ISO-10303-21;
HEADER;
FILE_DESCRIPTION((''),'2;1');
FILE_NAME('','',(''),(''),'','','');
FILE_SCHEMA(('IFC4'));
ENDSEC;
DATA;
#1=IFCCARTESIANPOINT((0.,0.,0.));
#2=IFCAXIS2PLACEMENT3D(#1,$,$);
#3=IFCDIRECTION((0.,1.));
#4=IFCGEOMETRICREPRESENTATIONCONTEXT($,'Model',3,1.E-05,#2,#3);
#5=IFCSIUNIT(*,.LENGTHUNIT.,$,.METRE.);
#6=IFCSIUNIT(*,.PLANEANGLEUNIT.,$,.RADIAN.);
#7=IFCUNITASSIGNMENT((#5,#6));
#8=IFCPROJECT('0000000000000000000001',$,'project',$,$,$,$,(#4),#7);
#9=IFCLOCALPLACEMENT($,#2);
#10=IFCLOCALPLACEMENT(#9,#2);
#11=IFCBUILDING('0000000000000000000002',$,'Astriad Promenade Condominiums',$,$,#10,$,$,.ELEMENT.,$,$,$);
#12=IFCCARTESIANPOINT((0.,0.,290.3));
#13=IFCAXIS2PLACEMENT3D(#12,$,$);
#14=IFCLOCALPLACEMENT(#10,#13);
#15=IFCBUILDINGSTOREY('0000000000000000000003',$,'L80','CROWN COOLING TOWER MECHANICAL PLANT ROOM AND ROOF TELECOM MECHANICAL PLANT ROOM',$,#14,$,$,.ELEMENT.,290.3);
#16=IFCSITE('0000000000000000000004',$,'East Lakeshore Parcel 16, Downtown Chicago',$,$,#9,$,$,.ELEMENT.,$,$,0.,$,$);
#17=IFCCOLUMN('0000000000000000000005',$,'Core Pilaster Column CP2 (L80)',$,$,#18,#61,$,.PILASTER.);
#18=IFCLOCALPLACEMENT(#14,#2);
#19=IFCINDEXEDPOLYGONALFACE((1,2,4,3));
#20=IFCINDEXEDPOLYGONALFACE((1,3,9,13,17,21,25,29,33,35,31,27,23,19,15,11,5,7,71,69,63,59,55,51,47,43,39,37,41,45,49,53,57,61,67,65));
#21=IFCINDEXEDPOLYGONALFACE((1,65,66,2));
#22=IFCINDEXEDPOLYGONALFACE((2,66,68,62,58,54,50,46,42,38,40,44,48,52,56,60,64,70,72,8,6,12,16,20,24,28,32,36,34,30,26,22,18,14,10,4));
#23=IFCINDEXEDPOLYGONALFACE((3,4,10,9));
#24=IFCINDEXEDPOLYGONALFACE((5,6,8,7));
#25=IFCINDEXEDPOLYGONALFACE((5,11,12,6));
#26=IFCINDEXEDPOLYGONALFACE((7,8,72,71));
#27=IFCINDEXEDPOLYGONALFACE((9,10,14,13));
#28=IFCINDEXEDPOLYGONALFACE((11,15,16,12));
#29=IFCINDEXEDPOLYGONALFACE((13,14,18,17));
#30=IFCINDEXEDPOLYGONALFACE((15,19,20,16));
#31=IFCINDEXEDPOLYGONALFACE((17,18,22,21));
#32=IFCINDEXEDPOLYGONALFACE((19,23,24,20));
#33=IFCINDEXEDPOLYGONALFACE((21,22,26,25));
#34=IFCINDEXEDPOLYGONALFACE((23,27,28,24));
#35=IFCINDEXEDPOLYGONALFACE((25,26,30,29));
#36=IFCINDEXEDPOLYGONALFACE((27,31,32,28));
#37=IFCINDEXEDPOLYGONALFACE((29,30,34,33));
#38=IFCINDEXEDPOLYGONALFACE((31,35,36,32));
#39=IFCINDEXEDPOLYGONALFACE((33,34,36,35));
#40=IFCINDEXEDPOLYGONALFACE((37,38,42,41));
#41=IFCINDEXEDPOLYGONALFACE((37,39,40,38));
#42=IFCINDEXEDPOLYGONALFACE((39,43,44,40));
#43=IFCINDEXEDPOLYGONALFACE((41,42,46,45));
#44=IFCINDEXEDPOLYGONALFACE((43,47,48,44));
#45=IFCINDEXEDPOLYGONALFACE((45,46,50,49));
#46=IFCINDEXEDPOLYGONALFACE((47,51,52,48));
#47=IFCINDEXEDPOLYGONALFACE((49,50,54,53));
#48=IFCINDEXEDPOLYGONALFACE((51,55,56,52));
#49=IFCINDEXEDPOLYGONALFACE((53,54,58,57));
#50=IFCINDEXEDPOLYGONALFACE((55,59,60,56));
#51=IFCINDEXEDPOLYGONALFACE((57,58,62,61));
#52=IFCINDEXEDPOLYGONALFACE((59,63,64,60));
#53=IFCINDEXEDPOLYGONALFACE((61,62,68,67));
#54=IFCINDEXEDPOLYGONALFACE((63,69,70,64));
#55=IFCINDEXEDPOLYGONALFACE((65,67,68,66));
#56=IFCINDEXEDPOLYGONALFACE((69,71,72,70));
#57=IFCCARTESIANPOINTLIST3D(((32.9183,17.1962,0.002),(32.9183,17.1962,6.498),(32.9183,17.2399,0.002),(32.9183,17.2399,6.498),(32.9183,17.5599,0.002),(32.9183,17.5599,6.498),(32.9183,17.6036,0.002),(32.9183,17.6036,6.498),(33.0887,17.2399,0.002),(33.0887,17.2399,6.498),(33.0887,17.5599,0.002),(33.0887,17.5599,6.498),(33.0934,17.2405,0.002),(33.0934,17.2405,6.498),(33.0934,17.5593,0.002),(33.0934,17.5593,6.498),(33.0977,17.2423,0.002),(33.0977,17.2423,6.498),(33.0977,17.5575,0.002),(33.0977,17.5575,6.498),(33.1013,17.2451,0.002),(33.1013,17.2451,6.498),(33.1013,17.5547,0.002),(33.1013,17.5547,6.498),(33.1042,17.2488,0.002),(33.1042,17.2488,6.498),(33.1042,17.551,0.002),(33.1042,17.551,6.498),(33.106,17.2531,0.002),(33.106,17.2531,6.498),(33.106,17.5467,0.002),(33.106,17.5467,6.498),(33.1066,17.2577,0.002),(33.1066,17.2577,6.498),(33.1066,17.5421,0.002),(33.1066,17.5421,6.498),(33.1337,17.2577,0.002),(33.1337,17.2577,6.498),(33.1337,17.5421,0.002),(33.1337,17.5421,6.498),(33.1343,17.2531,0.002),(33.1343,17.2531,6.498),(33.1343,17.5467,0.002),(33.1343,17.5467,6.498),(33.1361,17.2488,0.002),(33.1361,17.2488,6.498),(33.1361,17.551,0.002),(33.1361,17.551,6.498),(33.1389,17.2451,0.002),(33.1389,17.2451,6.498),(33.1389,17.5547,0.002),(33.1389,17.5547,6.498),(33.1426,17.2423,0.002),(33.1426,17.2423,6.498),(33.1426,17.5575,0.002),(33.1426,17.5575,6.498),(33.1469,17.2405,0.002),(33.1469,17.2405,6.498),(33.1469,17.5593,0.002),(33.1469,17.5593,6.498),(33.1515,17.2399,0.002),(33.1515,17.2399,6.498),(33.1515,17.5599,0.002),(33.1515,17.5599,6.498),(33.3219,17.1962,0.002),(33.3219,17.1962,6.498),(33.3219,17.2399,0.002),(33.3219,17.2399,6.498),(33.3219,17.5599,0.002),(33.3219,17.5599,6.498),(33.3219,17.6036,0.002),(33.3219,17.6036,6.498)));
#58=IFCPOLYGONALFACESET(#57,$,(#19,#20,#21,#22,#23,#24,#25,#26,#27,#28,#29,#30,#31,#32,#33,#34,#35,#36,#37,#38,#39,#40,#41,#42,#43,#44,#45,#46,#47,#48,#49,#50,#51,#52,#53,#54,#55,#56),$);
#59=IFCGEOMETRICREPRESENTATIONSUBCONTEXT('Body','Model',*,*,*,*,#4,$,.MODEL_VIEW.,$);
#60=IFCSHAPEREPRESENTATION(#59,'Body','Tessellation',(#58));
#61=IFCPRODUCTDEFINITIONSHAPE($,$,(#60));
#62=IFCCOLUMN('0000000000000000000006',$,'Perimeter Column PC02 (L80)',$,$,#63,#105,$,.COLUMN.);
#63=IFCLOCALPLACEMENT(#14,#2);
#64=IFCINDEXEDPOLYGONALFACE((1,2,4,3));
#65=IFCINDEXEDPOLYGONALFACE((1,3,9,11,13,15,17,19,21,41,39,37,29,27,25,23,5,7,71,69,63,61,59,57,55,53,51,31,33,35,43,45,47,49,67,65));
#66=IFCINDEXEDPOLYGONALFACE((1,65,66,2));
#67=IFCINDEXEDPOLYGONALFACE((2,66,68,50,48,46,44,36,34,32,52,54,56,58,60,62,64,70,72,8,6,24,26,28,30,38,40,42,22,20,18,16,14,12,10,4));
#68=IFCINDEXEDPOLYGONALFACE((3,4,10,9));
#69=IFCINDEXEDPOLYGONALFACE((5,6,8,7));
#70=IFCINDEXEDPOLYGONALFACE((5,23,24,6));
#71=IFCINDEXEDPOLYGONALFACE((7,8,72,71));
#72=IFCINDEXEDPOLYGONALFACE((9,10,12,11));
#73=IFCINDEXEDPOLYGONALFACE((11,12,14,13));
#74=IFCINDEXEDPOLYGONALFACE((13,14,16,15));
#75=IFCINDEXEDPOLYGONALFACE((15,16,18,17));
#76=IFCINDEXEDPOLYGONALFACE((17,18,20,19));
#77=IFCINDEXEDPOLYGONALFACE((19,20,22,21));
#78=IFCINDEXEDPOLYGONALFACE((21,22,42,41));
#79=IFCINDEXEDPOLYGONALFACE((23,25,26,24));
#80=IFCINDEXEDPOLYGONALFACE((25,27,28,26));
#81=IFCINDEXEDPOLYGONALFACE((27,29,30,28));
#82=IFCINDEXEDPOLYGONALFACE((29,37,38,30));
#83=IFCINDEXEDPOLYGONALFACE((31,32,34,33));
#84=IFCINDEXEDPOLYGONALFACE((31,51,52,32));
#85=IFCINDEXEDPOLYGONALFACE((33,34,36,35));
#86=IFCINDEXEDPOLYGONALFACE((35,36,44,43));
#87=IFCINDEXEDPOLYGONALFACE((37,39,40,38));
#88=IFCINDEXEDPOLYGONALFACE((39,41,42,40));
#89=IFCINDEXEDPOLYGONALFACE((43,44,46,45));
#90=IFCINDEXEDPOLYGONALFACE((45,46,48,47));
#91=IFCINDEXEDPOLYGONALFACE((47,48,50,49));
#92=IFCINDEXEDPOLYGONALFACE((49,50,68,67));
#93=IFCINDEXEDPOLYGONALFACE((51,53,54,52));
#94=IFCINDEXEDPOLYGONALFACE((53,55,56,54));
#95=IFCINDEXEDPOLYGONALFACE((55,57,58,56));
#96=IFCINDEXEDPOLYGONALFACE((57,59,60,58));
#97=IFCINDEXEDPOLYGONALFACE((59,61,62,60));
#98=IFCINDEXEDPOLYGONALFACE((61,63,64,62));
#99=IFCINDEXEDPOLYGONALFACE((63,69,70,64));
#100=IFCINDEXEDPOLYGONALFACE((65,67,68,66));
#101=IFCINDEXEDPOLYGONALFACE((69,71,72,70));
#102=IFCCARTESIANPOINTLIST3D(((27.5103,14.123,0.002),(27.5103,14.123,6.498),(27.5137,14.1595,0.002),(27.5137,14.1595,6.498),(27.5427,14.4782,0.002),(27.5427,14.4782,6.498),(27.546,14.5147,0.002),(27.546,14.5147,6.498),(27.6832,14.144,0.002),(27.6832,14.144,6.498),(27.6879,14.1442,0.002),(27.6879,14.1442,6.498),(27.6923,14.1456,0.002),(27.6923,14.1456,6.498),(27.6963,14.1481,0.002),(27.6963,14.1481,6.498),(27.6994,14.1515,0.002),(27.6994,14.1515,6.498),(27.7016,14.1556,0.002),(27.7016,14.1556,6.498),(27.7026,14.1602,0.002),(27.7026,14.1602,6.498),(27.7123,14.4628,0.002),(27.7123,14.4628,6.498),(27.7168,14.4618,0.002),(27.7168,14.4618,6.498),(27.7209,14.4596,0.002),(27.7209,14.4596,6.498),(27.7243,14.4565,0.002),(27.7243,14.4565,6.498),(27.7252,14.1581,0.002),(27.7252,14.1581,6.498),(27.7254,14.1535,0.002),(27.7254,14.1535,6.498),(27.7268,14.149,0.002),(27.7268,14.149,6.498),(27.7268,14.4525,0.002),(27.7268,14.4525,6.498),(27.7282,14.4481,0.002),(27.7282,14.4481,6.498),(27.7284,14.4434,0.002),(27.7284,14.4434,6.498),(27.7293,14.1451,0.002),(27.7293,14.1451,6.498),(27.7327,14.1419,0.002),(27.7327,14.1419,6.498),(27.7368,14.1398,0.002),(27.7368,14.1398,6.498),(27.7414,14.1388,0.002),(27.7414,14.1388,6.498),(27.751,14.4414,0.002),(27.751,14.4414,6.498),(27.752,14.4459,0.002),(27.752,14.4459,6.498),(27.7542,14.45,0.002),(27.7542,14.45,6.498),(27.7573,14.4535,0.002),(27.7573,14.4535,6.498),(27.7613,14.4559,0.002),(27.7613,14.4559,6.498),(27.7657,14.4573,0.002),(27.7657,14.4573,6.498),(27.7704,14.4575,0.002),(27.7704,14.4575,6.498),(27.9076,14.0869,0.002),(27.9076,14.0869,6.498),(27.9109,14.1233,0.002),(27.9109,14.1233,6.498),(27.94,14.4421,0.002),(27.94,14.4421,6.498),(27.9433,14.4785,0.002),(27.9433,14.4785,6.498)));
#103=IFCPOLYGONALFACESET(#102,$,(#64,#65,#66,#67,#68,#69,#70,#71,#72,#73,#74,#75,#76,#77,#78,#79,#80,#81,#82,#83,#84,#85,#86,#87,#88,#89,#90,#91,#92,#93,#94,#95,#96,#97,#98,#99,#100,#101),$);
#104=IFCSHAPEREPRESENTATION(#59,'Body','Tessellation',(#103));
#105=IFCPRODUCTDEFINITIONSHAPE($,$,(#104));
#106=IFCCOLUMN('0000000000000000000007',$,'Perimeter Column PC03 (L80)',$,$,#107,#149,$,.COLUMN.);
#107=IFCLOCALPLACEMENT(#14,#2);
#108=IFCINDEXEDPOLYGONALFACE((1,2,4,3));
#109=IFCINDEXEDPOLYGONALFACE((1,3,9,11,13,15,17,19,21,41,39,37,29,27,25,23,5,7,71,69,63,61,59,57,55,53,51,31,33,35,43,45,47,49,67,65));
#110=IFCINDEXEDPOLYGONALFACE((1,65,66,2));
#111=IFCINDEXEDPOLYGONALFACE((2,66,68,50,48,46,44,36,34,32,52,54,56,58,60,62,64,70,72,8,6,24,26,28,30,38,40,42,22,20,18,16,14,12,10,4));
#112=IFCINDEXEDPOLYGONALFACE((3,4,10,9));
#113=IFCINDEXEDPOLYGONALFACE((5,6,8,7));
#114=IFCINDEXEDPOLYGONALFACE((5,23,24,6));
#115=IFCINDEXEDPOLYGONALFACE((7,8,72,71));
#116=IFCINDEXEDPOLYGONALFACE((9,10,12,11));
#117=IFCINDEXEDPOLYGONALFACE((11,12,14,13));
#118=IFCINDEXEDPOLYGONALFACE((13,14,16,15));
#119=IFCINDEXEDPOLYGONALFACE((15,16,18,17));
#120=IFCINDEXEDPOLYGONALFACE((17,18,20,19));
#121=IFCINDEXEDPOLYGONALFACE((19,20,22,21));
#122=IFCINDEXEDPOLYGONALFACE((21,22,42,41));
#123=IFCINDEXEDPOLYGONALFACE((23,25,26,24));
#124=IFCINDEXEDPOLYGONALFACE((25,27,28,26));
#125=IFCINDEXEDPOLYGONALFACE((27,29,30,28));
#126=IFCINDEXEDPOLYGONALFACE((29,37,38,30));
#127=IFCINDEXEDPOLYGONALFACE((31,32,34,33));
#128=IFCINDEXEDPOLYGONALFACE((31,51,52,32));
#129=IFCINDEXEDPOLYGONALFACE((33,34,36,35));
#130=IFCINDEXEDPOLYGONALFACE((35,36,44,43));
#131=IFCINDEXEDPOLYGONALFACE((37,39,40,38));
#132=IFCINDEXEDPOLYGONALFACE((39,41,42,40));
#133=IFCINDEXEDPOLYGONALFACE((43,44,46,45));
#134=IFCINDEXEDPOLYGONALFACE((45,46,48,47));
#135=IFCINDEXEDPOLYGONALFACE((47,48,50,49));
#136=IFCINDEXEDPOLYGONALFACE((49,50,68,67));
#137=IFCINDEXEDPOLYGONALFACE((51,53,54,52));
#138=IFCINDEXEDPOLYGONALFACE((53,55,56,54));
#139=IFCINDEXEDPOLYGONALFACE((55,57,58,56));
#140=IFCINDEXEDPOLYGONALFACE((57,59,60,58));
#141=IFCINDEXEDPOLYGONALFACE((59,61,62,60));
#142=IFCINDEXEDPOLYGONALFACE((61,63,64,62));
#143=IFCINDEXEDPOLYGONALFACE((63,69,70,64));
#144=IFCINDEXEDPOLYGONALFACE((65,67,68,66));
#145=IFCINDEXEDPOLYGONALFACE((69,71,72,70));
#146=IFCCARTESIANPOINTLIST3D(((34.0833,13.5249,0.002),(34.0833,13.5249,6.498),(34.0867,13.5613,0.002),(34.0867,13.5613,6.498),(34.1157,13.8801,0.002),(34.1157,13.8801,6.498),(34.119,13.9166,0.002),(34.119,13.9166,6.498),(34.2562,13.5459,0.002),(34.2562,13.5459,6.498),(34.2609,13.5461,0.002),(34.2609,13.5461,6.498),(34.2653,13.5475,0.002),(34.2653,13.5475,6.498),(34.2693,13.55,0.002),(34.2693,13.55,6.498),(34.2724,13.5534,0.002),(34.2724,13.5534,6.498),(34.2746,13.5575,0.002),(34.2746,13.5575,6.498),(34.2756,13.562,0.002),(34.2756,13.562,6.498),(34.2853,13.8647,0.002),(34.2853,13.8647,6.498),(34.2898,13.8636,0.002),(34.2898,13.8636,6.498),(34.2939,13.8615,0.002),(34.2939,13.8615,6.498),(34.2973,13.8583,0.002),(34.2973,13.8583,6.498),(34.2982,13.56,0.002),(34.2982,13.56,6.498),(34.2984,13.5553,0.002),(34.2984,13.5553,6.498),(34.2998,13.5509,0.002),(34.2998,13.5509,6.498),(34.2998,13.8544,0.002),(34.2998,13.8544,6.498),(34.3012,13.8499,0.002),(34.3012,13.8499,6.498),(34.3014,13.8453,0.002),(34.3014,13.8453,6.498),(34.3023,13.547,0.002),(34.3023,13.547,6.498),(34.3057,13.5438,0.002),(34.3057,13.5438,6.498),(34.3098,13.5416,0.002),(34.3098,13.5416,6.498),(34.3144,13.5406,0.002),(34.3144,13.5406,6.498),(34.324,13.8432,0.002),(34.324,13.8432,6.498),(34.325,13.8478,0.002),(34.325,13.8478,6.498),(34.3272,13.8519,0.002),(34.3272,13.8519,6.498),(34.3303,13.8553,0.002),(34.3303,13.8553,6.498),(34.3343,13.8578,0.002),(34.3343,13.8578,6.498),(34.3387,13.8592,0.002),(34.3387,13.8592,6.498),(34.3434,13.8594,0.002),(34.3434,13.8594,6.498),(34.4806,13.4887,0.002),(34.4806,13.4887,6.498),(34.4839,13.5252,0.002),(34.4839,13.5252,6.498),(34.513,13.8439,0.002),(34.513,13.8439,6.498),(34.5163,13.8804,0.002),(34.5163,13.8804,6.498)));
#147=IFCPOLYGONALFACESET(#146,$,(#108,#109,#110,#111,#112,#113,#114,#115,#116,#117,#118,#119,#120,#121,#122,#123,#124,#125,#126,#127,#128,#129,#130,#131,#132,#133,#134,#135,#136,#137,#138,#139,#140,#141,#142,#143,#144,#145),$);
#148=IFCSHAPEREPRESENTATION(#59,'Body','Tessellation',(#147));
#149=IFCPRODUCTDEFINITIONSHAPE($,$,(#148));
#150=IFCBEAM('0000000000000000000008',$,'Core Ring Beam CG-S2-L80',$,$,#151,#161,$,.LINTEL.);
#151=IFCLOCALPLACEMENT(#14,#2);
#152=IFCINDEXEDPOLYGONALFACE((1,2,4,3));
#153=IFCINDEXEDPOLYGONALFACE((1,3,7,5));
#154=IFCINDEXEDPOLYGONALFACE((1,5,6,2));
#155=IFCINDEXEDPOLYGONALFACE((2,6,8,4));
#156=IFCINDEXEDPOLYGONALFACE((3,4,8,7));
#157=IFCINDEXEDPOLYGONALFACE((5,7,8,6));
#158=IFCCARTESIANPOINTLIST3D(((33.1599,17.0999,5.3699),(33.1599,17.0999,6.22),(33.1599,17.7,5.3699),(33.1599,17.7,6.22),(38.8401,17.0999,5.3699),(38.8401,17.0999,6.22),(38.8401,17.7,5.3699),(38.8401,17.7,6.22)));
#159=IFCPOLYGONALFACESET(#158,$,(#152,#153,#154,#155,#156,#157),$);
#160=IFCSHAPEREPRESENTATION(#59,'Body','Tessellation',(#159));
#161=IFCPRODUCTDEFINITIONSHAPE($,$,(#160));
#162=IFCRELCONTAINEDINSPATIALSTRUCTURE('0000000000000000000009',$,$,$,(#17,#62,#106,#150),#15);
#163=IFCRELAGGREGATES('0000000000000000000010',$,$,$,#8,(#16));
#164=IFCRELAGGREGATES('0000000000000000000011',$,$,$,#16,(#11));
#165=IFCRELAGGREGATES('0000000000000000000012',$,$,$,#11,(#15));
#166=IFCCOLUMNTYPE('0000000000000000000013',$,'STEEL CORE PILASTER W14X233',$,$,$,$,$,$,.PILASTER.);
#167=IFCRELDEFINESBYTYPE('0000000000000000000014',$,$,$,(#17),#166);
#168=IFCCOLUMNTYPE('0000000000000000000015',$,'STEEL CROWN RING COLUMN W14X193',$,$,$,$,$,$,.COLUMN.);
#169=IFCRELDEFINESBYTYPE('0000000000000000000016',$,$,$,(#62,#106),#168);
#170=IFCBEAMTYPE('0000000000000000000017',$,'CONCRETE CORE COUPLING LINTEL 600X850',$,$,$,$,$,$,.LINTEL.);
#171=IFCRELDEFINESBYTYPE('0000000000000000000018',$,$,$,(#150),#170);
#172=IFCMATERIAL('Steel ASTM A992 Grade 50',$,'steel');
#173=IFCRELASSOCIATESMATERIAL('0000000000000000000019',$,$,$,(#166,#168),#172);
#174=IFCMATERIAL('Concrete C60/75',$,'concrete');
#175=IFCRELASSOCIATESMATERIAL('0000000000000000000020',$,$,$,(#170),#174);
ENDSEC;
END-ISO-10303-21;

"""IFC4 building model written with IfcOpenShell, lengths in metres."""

from ifc_helpers import new_model, si_unit, direction, frame, origin, origin_2d, place, context, subcontext, project, spatial, rectangle, i_section, extrude, source, transform, mapped, material, material_profile, profile_set, type_object, type_shapes, element, save


model = new_model("IFC4")

# Units and contexts
model_context = context("Model", 3, precision=1e-05, world=origin(), true_north=direction((0.0, 1.0)))
body_context = subcontext(model_context, "Body", "Model", "MODEL_VIEW")
ifc_project = project(units=[si_unit("LENGTHUNIT", "METRE"), si_unit("PLANEANGLEUNIT", "RADIAN")], contexts=[model_context])

# Site, building, storey
site_placement = place(None, origin())
site = spatial("IfcSite", under=ifc_project, at=site_placement, Name="East Lakeshore Parcel 16, Downtown Chicago", CompositionType="ELEMENT", RefElevation=0.0)
building_placement = place(site_placement, origin())
building = spatial("IfcBuilding", under=site, at=building_placement, Name="Astriad Promenade Condominiums", CompositionType="ELEMENT")
storey_placement = place(building_placement, frame((0.0, 0.0, 290.3)))
storey = spatial("IfcBuildingStorey", under=building, at=storey_placement, Name="L80", Description="CROWN COOLING TOWER MECHANICAL PLANT ROOM AND ROOF TELECOM MECHANICAL PLANT ROOM", CompositionType="ELEMENT", Elevation=290.3)

# Columns
ifc_material_1 = material(Name="Steel ASTM A992 Grade 50", Category="steel")
ifc_material_profile_1 = material_profile(ifc_material_1, i_section(OverallWidth=0.4036, OverallDepth=0.4075, WebThickness=0.0271, FlangeThickness=0.0437, FilletRadius=0.0178, at=origin_2d()), Name="W14X233")
ifc_profile_set_1 = profile_set([ifc_material_profile_1], Name="Steel ASTM A992 Grade 50")
column_type_1 = type_object("IfcColumnType", Name="STEEL CORE PILASTER W14X233", PredefinedType="PILASTER", material=ifc_profile_set_1)
shared_shape_1 = source(origin(), body_context, "Body", "SweptSolid", [
    extrude(i_section(OverallWidth=0.4036, OverallDepth=0.4075, WebThickness=0.0271, FlangeThickness=0.0437, FilletRadius=0.0178, at=origin_2d()), origin(), (0.0, 0.0, 1.0), 6.4961),
])
type_shapes(column_type_1, [shared_shape_1])
column_placement = place(storey_placement, frame((33.1201, 17.3999, 0.002), z_axis=(0.0, 0.0, 1.0), x_axis=(1.0, 0.0, 0.0)))
element("IfcColumn", 1, at=column_placement, inside=storey, type_object=column_type_1, Name="Core Pilaster Column CP2 (L80)", PredefinedType="PILASTER", context=body_context, shape_type="MappedRepresentation", body=[
    mapped(shared_shape_1, transform((0.0, 0.0, 0.0), scale=1.0)),
])
ifc_material_profile_2 = material_profile(ifc_material_1, i_section(OverallWidth=0.3989, OverallDepth=0.3933, WebThickness=0.0227, FlangeThickness=0.0366, FilletRadius=0.0178, at=origin_2d()), Name="W14X193")
ifc_profile_set_2 = profile_set([ifc_material_profile_2], Name="Steel ASTM A992 Grade 50")
column_type_2 = type_object("IfcColumnType", Name="STEEL CROWN RING COLUMN W14X193", PredefinedType="COLUMN", material=ifc_profile_set_2)
shared_shape_2 = source(origin(), body_context, "Body", "SweptSolid", [
    extrude(i_section(OverallWidth=0.3989, OverallDepth=0.3933, WebThickness=0.0227, FlangeThickness=0.0366, FilletRadius=0.0178, at=origin_2d()), origin(), (0.0, 0.0, 1.0), 6.4961),
])
type_shapes(column_type_2, [shared_shape_2])
for number, where, z_axis, x_axis, name in (
    (2, (27.7268, 14.3008, 0.002), (0.0, 0.0, 1.0), (0.995884, -0.090633, 0.0), "Perimeter Column PC02 (L80)"),
    (3, (34.2998, 13.7026, 0.002), (0.0, 0.0, 1.0), (0.995884, -0.090633, 0.0), "Perimeter Column PC03 (L80)"),
):
    element("IfcColumn", number, at=place(storey_placement, frame(where, z_axis=z_axis, x_axis=x_axis)), inside=storey, type_object=column_type_2, Name=name, PredefinedType="COLUMN", context=body_context, shape_type="MappedRepresentation", body=[
        mapped(shared_shape_2, transform((0.0, 0.0, 0.0), scale=1.0)),
    ])

# Beam
ifc_material_2 = material(Name="Concrete C60/75", Category="concrete")
ifc_material_profile_3 = material_profile(ifc_material_2, rectangle(XDim=0.6001, YDim=0.8501, at=origin_2d()), Name="RC-BM-600X850")
ifc_profile_set_3 = profile_set([ifc_material_profile_3], Name="Concrete C60/75")
beam_type_1 = type_object("IfcBeamType", Name="CONCRETE CORE COUPLING LINTEL 600X850", PredefinedType="LINTEL", material=ifc_profile_set_3)
shared_shape_3 = source(origin(), body_context, "Body", "SweptSolid", [
    extrude(rectangle(XDim=0.6001, YDim=0.8501, at=origin_2d()), origin(), (0.0, 0.0, 1.0), 5.6802),
])
type_shapes(beam_type_1, [shared_shape_3])
beam_1_placement = place(storey_placement, frame((33.1599, 17.3999, 5.7949), z_axis=(1.0, 0.0, 0.0), x_axis=(0.0, 1.0, 0.0)))
element("IfcBeam", 4, at=beam_1_placement, inside=storey, type_object=beam_type_1, Name="Core Ring Beam CG-S2-L80", PredefinedType="LINTEL", context=body_context, shape_type="MappedRepresentation", body=[
    mapped(shared_shape_3, transform((0.0, 0.0, 0.0), scale=1.0)),
])

save(model, "model.ifc")
